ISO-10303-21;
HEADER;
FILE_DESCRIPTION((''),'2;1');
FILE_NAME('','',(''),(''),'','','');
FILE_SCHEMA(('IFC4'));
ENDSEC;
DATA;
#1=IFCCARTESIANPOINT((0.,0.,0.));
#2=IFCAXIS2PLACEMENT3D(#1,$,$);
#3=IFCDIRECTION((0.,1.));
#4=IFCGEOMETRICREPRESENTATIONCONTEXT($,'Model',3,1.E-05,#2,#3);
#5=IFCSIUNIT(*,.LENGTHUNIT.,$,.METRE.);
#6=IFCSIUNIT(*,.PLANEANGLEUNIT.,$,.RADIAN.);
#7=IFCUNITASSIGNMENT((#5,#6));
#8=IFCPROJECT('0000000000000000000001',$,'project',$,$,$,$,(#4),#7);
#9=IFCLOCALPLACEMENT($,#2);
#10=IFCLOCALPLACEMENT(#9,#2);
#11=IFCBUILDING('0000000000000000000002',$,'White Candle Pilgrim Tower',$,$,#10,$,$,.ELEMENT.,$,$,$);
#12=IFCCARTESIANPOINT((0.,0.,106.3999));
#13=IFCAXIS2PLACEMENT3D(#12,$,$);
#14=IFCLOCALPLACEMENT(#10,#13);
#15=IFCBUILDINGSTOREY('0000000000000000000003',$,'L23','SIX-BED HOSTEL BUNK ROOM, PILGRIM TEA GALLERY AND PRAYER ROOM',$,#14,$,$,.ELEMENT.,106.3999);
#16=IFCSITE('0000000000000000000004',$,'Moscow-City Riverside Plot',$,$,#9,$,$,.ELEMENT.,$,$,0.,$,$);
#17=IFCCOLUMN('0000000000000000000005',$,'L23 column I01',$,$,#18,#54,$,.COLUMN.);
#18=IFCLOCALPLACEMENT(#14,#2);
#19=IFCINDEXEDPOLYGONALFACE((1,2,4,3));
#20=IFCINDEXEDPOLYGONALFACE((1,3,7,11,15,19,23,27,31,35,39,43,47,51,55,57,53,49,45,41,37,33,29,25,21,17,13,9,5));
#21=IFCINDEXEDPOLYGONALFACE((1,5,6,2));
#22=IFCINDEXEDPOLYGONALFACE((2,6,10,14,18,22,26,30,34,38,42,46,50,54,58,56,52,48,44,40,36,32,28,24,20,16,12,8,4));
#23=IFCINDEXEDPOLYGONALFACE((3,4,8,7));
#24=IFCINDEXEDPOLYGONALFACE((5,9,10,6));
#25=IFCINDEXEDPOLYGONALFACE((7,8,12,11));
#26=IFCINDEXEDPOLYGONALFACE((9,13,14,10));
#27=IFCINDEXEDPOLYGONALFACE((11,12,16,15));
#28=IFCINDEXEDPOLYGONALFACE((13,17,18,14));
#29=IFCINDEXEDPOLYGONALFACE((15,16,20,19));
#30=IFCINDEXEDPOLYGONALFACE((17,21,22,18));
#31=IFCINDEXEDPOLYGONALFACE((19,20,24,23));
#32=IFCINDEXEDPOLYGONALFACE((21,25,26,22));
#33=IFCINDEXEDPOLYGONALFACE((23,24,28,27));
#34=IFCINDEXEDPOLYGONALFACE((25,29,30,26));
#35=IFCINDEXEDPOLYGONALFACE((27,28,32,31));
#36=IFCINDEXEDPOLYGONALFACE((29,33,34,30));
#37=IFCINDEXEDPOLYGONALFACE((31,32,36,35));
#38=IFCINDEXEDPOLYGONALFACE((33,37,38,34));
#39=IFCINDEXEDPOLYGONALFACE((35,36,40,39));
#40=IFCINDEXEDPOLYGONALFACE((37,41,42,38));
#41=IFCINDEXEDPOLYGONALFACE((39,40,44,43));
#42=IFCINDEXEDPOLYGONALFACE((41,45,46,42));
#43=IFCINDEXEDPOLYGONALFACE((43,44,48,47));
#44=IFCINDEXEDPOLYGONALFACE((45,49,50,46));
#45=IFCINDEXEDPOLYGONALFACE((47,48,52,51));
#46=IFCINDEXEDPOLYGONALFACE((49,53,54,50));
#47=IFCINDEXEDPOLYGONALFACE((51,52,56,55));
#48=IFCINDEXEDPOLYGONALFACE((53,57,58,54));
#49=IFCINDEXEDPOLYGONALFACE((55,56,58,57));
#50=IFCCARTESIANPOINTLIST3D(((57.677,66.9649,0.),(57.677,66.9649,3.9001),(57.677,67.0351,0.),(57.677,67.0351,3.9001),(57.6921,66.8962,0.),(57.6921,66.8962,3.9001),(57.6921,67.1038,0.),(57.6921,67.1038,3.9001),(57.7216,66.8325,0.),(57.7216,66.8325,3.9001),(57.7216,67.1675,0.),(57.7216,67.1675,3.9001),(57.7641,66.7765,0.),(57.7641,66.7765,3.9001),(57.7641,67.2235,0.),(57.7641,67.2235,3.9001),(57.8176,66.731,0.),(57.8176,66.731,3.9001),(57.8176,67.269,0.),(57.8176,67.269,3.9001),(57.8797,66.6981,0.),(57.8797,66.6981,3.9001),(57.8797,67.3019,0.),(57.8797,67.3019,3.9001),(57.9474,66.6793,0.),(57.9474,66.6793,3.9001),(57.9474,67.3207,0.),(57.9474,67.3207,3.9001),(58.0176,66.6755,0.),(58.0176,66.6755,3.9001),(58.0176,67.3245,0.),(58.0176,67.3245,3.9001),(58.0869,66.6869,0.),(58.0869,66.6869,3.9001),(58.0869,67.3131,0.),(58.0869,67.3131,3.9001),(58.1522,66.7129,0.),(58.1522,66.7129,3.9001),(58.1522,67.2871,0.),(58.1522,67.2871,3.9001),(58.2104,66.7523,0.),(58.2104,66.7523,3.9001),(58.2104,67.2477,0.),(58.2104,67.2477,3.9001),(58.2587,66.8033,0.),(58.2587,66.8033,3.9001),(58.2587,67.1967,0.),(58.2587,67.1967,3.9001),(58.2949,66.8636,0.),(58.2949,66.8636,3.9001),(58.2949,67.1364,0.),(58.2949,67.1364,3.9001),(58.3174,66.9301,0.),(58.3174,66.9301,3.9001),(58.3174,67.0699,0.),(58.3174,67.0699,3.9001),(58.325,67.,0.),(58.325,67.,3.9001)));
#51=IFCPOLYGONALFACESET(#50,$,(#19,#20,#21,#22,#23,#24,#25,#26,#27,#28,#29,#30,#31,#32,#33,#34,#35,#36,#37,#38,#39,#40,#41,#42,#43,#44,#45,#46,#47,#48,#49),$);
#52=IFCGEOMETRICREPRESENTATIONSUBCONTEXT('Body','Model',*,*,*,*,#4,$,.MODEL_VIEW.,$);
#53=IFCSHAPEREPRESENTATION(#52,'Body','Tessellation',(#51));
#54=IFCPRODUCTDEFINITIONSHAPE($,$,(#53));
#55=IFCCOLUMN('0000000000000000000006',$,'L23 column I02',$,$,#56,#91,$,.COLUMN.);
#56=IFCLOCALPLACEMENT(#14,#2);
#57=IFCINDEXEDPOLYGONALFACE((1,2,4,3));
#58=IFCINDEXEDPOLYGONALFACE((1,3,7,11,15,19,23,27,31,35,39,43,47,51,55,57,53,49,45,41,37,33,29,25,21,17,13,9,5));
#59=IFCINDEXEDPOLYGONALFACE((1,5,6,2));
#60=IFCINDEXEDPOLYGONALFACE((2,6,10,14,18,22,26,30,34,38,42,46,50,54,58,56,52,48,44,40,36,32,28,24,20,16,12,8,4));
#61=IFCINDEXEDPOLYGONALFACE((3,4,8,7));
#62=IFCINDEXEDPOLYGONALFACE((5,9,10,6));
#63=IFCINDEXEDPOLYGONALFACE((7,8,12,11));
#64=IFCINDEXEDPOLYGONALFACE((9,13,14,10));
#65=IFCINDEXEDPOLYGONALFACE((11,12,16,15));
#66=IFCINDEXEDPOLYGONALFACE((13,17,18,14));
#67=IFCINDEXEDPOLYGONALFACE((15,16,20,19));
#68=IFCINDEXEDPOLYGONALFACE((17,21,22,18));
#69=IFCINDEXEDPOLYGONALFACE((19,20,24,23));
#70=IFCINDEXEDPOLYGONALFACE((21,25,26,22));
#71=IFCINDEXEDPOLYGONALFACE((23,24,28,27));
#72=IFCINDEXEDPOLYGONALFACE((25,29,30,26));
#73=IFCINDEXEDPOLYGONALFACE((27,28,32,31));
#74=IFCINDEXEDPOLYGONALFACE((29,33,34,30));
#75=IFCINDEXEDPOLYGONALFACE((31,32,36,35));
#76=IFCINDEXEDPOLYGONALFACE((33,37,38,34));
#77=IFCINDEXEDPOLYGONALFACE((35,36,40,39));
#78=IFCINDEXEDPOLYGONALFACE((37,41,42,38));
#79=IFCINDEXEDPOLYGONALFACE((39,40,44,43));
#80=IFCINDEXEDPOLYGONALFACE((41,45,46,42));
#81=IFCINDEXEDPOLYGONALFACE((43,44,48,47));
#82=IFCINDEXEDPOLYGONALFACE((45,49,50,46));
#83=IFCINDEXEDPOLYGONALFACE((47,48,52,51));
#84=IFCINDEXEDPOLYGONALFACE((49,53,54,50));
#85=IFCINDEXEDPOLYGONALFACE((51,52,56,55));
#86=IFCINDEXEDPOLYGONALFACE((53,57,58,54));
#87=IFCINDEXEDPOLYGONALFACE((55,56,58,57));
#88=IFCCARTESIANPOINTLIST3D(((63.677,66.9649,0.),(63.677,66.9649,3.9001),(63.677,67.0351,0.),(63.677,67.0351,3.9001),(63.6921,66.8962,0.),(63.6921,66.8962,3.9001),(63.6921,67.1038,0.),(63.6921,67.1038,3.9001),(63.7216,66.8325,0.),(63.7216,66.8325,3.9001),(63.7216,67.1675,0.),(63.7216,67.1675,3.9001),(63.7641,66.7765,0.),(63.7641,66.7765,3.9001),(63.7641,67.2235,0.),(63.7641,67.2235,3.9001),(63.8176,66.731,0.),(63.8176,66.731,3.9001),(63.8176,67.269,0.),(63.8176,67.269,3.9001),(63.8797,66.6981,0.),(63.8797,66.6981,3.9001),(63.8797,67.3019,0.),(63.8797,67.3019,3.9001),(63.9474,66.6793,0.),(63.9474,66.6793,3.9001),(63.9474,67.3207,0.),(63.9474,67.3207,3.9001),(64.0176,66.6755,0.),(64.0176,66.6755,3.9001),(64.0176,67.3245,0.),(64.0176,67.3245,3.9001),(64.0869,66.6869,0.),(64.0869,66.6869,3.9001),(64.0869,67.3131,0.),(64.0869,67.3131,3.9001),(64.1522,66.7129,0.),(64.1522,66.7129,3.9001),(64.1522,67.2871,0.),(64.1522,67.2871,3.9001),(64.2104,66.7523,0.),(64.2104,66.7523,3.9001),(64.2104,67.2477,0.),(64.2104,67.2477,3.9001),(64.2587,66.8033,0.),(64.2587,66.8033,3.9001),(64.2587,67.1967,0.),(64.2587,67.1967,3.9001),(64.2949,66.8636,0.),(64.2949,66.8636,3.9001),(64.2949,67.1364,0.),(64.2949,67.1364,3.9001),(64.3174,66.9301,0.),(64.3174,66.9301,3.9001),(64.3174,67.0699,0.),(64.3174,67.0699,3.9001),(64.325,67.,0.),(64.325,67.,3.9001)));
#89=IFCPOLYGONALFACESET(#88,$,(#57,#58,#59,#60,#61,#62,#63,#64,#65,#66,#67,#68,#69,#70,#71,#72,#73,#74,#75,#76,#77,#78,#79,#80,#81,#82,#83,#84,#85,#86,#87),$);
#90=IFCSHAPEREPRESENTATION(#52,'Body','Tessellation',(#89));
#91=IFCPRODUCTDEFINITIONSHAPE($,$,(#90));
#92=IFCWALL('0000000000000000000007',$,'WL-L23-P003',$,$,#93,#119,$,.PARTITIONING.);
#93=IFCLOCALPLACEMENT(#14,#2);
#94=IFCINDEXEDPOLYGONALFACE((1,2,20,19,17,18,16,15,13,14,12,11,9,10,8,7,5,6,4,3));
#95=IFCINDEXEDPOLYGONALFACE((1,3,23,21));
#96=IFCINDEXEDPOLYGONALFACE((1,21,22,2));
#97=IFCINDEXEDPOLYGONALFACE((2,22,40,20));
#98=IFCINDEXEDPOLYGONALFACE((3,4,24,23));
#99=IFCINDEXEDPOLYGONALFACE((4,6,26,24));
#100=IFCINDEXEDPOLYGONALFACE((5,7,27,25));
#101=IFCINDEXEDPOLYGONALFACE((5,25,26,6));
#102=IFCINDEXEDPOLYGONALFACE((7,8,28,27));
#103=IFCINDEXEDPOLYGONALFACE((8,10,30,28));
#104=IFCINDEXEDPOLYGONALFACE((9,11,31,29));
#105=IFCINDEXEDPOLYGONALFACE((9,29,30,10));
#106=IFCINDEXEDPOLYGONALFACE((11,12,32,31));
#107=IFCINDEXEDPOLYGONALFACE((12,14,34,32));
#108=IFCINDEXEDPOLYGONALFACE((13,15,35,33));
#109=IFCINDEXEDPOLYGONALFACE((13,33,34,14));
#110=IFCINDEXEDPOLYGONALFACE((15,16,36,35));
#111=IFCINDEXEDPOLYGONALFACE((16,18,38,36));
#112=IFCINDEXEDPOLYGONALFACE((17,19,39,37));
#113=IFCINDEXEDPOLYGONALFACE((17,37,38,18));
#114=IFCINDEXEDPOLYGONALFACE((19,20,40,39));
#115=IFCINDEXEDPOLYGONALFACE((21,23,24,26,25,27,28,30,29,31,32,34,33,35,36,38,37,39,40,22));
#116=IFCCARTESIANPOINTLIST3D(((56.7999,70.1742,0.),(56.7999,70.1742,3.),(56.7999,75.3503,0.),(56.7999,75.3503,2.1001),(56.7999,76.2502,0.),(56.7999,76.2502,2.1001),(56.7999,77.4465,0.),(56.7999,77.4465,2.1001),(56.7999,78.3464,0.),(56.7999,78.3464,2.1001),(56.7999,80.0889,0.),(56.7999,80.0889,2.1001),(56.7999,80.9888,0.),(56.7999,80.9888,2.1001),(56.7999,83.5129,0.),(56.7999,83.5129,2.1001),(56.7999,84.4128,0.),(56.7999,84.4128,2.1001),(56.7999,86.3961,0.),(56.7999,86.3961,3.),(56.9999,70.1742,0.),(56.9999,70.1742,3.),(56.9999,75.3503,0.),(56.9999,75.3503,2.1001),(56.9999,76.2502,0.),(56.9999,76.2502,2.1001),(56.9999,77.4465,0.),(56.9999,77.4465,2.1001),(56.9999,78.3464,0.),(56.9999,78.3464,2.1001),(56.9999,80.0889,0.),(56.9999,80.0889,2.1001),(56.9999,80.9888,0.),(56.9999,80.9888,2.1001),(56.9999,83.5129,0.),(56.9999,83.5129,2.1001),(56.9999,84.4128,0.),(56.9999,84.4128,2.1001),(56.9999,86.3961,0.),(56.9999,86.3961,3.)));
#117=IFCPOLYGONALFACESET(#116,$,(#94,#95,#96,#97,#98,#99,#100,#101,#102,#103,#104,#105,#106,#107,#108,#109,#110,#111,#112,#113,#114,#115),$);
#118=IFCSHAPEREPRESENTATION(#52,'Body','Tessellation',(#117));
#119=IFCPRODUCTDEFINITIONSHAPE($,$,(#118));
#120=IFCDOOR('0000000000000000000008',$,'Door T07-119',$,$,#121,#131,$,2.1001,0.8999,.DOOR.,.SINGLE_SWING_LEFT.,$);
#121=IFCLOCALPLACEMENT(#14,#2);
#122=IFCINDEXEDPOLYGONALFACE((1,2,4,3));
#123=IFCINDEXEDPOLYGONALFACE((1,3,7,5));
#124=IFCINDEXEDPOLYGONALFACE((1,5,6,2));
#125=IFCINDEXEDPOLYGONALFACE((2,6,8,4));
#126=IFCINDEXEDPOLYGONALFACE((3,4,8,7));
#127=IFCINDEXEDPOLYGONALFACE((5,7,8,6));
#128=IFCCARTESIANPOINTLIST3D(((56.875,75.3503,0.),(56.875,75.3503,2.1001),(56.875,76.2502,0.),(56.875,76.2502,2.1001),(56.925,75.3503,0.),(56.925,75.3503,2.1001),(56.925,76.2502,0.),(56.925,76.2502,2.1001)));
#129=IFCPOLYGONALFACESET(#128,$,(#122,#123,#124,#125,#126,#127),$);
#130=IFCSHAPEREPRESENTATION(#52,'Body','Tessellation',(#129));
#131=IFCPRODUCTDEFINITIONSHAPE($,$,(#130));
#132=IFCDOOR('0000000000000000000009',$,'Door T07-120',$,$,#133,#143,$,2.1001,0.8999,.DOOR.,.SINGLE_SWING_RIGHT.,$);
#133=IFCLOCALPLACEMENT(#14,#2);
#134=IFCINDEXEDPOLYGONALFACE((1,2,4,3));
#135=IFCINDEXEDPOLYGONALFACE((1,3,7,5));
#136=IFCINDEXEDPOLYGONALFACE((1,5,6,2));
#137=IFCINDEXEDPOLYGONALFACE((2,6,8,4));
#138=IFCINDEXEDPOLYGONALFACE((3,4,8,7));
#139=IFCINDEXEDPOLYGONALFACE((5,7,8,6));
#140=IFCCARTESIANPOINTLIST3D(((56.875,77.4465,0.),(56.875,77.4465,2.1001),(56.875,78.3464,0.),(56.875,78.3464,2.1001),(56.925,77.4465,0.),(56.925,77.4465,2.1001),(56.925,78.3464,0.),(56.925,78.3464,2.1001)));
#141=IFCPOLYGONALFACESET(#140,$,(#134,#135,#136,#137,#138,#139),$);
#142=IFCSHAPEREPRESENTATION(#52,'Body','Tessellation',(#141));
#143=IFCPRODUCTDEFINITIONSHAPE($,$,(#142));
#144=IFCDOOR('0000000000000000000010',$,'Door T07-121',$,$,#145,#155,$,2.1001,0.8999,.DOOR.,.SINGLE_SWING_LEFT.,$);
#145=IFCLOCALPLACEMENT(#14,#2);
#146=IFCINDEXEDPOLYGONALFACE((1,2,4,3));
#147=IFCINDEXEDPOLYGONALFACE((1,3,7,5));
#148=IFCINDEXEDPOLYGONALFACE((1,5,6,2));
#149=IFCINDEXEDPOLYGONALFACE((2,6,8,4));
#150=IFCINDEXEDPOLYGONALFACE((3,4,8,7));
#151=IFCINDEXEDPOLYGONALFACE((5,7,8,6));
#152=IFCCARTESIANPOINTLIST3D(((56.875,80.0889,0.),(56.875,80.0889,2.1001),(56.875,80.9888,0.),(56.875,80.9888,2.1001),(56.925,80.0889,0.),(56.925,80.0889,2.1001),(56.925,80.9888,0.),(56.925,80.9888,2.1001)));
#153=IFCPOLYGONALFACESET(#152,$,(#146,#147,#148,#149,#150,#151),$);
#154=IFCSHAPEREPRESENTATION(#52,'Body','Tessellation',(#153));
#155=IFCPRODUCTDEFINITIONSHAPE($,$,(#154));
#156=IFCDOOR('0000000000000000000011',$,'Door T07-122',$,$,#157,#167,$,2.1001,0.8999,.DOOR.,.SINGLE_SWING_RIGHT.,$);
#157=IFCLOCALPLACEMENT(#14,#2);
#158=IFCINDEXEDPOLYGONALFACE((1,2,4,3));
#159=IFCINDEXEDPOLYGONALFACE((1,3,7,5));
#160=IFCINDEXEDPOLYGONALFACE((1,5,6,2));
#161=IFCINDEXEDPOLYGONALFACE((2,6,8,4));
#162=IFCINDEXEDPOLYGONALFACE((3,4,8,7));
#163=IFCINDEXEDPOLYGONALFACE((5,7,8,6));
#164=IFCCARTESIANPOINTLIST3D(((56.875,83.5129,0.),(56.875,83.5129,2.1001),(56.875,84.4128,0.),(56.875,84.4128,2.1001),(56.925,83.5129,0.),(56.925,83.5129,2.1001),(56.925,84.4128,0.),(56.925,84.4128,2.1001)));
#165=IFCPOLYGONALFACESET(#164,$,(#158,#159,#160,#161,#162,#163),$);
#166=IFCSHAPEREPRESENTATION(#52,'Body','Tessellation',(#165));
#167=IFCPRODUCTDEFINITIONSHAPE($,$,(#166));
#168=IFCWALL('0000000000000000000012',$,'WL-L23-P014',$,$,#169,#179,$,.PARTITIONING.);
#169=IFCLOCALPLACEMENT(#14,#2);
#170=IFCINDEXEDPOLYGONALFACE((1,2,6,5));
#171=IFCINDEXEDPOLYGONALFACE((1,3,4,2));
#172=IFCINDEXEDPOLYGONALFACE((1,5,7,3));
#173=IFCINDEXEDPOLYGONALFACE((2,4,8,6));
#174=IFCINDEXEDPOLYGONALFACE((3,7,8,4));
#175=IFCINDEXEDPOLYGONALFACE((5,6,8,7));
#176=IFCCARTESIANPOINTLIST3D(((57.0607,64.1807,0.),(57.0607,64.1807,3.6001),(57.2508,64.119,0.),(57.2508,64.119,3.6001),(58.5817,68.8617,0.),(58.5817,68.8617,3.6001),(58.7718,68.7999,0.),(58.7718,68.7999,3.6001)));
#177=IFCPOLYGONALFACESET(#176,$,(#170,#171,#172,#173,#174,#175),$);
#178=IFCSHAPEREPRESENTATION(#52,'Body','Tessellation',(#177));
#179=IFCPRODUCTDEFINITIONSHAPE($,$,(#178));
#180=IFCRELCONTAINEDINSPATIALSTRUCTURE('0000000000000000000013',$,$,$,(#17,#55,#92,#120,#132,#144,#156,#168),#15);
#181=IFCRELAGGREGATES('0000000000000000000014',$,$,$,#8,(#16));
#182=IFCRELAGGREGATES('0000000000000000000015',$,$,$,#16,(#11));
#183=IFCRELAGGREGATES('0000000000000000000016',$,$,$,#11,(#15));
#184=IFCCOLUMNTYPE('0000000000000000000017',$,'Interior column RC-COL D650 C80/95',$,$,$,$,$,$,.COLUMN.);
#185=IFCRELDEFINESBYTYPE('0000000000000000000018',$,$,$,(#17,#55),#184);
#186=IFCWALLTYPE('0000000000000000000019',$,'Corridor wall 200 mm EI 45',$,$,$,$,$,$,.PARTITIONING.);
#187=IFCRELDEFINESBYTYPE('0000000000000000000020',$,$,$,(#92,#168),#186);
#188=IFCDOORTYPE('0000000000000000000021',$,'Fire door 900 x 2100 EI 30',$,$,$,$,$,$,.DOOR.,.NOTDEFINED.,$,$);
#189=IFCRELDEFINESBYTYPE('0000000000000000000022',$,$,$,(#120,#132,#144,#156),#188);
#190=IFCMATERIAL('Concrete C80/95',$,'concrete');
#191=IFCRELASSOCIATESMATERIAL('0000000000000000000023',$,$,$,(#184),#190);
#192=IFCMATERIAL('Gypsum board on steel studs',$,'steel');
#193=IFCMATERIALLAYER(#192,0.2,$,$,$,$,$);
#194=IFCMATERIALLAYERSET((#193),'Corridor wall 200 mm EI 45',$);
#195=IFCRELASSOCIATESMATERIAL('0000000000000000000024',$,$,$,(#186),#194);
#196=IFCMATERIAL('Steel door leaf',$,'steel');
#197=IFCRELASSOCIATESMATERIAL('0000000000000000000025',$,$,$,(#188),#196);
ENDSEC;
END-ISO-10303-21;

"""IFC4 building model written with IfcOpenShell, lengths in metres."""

from ifc_helpers import new_model, si_unit, direction, frame, frame_2d, origin, origin_2d, place, context, subcontext, project, spatial, rectangle, circle, extrude, material, layer, layer_set, material_profile, profile_set, type_object, element, fill, save


model = new_model("IFC4")

# Units and contexts
model_context = context("Model", 3, precision=1e-05, world=origin(), true_north=direction((0.0, 1.0)))
body_context = subcontext(model_context, "Body", "Model", "MODEL_VIEW")
ifc_project = project(units=[si_unit("LENGTHUNIT", "METRE"), si_unit("PLANEANGLEUNIT", "RADIAN")], contexts=[model_context])

# Site, building, storey
site_placement = place(None, origin())
site = spatial("IfcSite", under=ifc_project, at=site_placement, Name="Moscow-City Riverside Plot", CompositionType="ELEMENT", RefElevation=0.0)
building_placement = place(site_placement, origin())
building = spatial("IfcBuilding", under=site, at=building_placement, Name="White Candle Pilgrim Tower", CompositionType="ELEMENT")
storey_placement = place(building_placement, frame((0.0, 0.0, 106.3999)))
storey = spatial("IfcBuildingStorey", under=building, at=storey_placement, Name="L23", Description="SIX-BED HOSTEL BUNK ROOM, PILGRIM TEA GALLERY AND PRAYER ROOM", CompositionType="ELEMENT", Elevation=106.3999)

# Columns
ifc_material_1 = material(Name="Concrete C80/95", Category="concrete")
ifc_material_profile = material_profile(ifc_material_1, circle(Radius=0.325, at=origin_2d()), Name="RC-COL D650")
ifc_profile_set = profile_set([ifc_material_profile], Name="Concrete C80/95")
column_type = type_object("IfcColumnType", Name="Interior column RC-COL D650 C80/95", PredefinedType="COLUMN", material=ifc_profile_set)
for number, where, z_axis, x_axis, name in (
    (1, (58.0, 67.0, 0.0), (0.0, 0.0, 1.0), (1.0, 0.0, 0.0), "L23 column I01"),
    (2, (64.0, 67.0, 0.0), (0.0, 0.0, 1.0), (1.0, 0.0, 0.0), "L23 column I02"),
):
    element("IfcColumn", number, at=place(storey_placement, frame(where, z_axis=z_axis, x_axis=x_axis)), inside=storey, type_object=column_type, Name=name, PredefinedType="COLUMN", context=body_context, shape_type="SweptSolid", body=[
        extrude(circle(Radius=0.325, at=origin_2d()), origin(), (0.0, 0.0, 1.0), 3.9001),
    ])

# Wall, openings, doors
ifc_material_2 = material(Name="Gypsum board on steel studs", Category="steel")
ifc_layer_1 = layer(ifc_material_2, 0.2)
ifc_layer_set_1 = layer_set([ifc_layer_1], Name="Corridor wall 200 mm EI 45")
wall_type_1 = type_object("IfcWallType", Name="Corridor wall 200 mm EI 45", PredefinedType="PARTITIONING", material=ifc_layer_set_1)
wall_1_placement = place(storey_placement, frame((56.8999, 70.1743, 0.0), z_axis=(0.0, 0.0, 1.0), x_axis=(0.0, 1.0, 0.0)))
wall_1 = element("IfcWall", 3, at=wall_1_placement, inside=storey, type_object=wall_type_1, Name="WL-L23-P003", PredefinedType="PARTITIONING", context=body_context, shape_type="SweptSolid", body=[
    extrude(rectangle(XDim=16.2219, YDim=0.2, at=frame_2d((8.1108, 0.0))), origin(), (0.0, 0.0, 1.0), 3.0),
])
opening_1_placement = place(wall_1_placement, frame((5.176, 0.0, 0.0)))
opening_1 = element("IfcOpeningElement", 4, at=opening_1_placement, cuts=wall_1, PredefinedType="OPENING", context=body_context, shape_type="SweptSolid", body=[
    extrude(rectangle(XDim=0.8999, YDim=2.1001, at=frame_2d((0.45, 1.05))), frame((0.0, 0.1099, 0.0), z_axis=(0.0, -1.0, 0.0), x_axis=(1.0, 0.0, 0.0)), (0.0, 0.0, 1.0), 0.22),
])
opening_2_placement = place(wall_1_placement, frame((7.2722, 0.0, 0.0)))
opening_2 = element("IfcOpeningElement", 5, at=opening_2_placement, cuts=wall_1, PredefinedType="OPENING", context=body_context, shape_type="SweptSolid", body=[
    extrude(rectangle(XDim=0.8999, YDim=2.1001, at=frame_2d((0.45, 1.05))), frame((0.0, 0.1099, 0.0), z_axis=(0.0, -1.0, 0.0), x_axis=(1.0, 0.0, 0.0)), (0.0, 0.0, 1.0), 0.22),
])
opening_3_placement = place(wall_1_placement, frame((9.9146, 0.0, 0.0)))
opening_3 = element("IfcOpeningElement", 6, at=opening_3_placement, cuts=wall_1, PredefinedType="OPENING", context=body_context, shape_type="SweptSolid", body=[
    extrude(rectangle(XDim=0.8999, YDim=2.1001, at=frame_2d((0.45, 1.05))), frame((0.0, 0.1099, 0.0), z_axis=(0.0, -1.0, 0.0), x_axis=(1.0, 0.0, 0.0)), (0.0, 0.0, 1.0), 0.22),
])
opening_4_placement = place(wall_1_placement, frame((13.3386, 0.0, 0.0)))
opening_4 = element("IfcOpeningElement", 7, at=opening_4_placement, cuts=wall_1, PredefinedType="OPENING", context=body_context, shape_type="SweptSolid", body=[
    extrude(rectangle(XDim=0.8999, YDim=2.1001, at=frame_2d((0.45, 1.05))), frame((0.0, 0.1099, 0.0), z_axis=(0.0, -1.0, 0.0), x_axis=(1.0, 0.0, 0.0)), (0.0, 0.0, 1.0), 0.22),
])
ifc_material_3 = material(Name="Steel door leaf", Category="steel")
door_type_1 = type_object("IfcDoorType", Name="Fire door 900 x 2100 EI 30", OperationType="NOTDEFINED", PredefinedType="DOOR", material=ifc_material_3)
door_1_placement = place(opening_1_placement, origin())
door_1 = element("IfcDoor", 8, at=door_1_placement, inside=storey, type_object=door_type_1, Name="Door T07-119", OperationType="SINGLE_SWING_LEFT", OverallHeight=2.1001, OverallWidth=0.8999, PredefinedType="DOOR", context=body_context, shape_type="SweptSolid", body=[
    extrude(rectangle(XDim=0.8999, YDim=2.1001, at=frame_2d((0.45, 1.05))), frame((0.0, 0.0249, 0.0), z_axis=(0.0, -1.0, 0.0), x_axis=(1.0, 0.0, 0.0)), (0.0, 0.0, 1.0), 0.05),
])
fill(opening_1, door_1)
door_2_placement = place(opening_2_placement, origin())
door_2 = element("IfcDoor", 9, at=door_2_placement, inside=storey, type_object=door_type_1, Name="Door T07-120", OperationType="SINGLE_SWING_RIGHT", OverallHeight=2.1001, OverallWidth=0.8999, PredefinedType="DOOR", context=body_context, shape_type="SweptSolid", body=[
    extrude(rectangle(XDim=0.8999, YDim=2.1001, at=frame_2d((0.45, 1.05))), frame((0.0, 0.0249, 0.0), z_axis=(0.0, -1.0, 0.0), x_axis=(1.0, 0.0, 0.0)), (0.0, 0.0, 1.0), 0.05),
])
fill(opening_2, door_2)
door_3_placement = place(opening_3_placement, origin())
door_3 = element("IfcDoor", 10, at=door_3_placement, inside=storey, type_object=door_type_1, Name="Door T07-121", OperationType="SINGLE_SWING_LEFT", OverallHeight=2.1001, OverallWidth=0.8999, PredefinedType="DOOR", context=body_context, shape_type="SweptSolid", body=[
    extrude(rectangle(XDim=0.8999, YDim=2.1001, at=frame_2d((0.45, 1.05))), frame((0.0, 0.0249, 0.0), z_axis=(0.0, -1.0, 0.0), x_axis=(1.0, 0.0, 0.0)), (0.0, 0.0, 1.0), 0.05),
])
fill(opening_3, door_3)
door_4_placement = place(opening_4_placement, origin())
door_4 = element("IfcDoor", 11, at=door_4_placement, inside=storey, type_object=door_type_1, Name="Door T07-122", OperationType="SINGLE_SWING_RIGHT", OverallHeight=2.1001, OverallWidth=0.8999, PredefinedType="DOOR", context=body_context, shape_type="SweptSolid", body=[
    extrude(rectangle(XDim=0.8999, YDim=2.1001, at=frame_2d((0.45, 1.05))), frame((0.0, 0.0249, 0.0), z_axis=(0.0, -1.0, 0.0), x_axis=(1.0, 0.0, 0.0)), (0.0, 0.0, 1.0), 0.05),
])
fill(opening_4, door_4)

# Wall
wall_2_placement = place(storey_placement, frame((58.6768, 68.8308, 0.0), z_axis=(0.0, 0.0, 1.0), x_axis=(-0.309031, -0.951052, 0.0)))
element("IfcWall", 12, at=wall_2_placement, inside=storey, type_object=wall_type_1, Name="WL-L23-P014", PredefinedType="PARTITIONING", context=body_context, shape_type="SweptSolid", body=[
    extrude(rectangle(XDim=4.9219, YDim=0.2, at=frame_2d((2.4609, 0.0))), origin(), (0.0, 0.0, 1.0), 3.6001),
])

save(model, "model.ifc")
